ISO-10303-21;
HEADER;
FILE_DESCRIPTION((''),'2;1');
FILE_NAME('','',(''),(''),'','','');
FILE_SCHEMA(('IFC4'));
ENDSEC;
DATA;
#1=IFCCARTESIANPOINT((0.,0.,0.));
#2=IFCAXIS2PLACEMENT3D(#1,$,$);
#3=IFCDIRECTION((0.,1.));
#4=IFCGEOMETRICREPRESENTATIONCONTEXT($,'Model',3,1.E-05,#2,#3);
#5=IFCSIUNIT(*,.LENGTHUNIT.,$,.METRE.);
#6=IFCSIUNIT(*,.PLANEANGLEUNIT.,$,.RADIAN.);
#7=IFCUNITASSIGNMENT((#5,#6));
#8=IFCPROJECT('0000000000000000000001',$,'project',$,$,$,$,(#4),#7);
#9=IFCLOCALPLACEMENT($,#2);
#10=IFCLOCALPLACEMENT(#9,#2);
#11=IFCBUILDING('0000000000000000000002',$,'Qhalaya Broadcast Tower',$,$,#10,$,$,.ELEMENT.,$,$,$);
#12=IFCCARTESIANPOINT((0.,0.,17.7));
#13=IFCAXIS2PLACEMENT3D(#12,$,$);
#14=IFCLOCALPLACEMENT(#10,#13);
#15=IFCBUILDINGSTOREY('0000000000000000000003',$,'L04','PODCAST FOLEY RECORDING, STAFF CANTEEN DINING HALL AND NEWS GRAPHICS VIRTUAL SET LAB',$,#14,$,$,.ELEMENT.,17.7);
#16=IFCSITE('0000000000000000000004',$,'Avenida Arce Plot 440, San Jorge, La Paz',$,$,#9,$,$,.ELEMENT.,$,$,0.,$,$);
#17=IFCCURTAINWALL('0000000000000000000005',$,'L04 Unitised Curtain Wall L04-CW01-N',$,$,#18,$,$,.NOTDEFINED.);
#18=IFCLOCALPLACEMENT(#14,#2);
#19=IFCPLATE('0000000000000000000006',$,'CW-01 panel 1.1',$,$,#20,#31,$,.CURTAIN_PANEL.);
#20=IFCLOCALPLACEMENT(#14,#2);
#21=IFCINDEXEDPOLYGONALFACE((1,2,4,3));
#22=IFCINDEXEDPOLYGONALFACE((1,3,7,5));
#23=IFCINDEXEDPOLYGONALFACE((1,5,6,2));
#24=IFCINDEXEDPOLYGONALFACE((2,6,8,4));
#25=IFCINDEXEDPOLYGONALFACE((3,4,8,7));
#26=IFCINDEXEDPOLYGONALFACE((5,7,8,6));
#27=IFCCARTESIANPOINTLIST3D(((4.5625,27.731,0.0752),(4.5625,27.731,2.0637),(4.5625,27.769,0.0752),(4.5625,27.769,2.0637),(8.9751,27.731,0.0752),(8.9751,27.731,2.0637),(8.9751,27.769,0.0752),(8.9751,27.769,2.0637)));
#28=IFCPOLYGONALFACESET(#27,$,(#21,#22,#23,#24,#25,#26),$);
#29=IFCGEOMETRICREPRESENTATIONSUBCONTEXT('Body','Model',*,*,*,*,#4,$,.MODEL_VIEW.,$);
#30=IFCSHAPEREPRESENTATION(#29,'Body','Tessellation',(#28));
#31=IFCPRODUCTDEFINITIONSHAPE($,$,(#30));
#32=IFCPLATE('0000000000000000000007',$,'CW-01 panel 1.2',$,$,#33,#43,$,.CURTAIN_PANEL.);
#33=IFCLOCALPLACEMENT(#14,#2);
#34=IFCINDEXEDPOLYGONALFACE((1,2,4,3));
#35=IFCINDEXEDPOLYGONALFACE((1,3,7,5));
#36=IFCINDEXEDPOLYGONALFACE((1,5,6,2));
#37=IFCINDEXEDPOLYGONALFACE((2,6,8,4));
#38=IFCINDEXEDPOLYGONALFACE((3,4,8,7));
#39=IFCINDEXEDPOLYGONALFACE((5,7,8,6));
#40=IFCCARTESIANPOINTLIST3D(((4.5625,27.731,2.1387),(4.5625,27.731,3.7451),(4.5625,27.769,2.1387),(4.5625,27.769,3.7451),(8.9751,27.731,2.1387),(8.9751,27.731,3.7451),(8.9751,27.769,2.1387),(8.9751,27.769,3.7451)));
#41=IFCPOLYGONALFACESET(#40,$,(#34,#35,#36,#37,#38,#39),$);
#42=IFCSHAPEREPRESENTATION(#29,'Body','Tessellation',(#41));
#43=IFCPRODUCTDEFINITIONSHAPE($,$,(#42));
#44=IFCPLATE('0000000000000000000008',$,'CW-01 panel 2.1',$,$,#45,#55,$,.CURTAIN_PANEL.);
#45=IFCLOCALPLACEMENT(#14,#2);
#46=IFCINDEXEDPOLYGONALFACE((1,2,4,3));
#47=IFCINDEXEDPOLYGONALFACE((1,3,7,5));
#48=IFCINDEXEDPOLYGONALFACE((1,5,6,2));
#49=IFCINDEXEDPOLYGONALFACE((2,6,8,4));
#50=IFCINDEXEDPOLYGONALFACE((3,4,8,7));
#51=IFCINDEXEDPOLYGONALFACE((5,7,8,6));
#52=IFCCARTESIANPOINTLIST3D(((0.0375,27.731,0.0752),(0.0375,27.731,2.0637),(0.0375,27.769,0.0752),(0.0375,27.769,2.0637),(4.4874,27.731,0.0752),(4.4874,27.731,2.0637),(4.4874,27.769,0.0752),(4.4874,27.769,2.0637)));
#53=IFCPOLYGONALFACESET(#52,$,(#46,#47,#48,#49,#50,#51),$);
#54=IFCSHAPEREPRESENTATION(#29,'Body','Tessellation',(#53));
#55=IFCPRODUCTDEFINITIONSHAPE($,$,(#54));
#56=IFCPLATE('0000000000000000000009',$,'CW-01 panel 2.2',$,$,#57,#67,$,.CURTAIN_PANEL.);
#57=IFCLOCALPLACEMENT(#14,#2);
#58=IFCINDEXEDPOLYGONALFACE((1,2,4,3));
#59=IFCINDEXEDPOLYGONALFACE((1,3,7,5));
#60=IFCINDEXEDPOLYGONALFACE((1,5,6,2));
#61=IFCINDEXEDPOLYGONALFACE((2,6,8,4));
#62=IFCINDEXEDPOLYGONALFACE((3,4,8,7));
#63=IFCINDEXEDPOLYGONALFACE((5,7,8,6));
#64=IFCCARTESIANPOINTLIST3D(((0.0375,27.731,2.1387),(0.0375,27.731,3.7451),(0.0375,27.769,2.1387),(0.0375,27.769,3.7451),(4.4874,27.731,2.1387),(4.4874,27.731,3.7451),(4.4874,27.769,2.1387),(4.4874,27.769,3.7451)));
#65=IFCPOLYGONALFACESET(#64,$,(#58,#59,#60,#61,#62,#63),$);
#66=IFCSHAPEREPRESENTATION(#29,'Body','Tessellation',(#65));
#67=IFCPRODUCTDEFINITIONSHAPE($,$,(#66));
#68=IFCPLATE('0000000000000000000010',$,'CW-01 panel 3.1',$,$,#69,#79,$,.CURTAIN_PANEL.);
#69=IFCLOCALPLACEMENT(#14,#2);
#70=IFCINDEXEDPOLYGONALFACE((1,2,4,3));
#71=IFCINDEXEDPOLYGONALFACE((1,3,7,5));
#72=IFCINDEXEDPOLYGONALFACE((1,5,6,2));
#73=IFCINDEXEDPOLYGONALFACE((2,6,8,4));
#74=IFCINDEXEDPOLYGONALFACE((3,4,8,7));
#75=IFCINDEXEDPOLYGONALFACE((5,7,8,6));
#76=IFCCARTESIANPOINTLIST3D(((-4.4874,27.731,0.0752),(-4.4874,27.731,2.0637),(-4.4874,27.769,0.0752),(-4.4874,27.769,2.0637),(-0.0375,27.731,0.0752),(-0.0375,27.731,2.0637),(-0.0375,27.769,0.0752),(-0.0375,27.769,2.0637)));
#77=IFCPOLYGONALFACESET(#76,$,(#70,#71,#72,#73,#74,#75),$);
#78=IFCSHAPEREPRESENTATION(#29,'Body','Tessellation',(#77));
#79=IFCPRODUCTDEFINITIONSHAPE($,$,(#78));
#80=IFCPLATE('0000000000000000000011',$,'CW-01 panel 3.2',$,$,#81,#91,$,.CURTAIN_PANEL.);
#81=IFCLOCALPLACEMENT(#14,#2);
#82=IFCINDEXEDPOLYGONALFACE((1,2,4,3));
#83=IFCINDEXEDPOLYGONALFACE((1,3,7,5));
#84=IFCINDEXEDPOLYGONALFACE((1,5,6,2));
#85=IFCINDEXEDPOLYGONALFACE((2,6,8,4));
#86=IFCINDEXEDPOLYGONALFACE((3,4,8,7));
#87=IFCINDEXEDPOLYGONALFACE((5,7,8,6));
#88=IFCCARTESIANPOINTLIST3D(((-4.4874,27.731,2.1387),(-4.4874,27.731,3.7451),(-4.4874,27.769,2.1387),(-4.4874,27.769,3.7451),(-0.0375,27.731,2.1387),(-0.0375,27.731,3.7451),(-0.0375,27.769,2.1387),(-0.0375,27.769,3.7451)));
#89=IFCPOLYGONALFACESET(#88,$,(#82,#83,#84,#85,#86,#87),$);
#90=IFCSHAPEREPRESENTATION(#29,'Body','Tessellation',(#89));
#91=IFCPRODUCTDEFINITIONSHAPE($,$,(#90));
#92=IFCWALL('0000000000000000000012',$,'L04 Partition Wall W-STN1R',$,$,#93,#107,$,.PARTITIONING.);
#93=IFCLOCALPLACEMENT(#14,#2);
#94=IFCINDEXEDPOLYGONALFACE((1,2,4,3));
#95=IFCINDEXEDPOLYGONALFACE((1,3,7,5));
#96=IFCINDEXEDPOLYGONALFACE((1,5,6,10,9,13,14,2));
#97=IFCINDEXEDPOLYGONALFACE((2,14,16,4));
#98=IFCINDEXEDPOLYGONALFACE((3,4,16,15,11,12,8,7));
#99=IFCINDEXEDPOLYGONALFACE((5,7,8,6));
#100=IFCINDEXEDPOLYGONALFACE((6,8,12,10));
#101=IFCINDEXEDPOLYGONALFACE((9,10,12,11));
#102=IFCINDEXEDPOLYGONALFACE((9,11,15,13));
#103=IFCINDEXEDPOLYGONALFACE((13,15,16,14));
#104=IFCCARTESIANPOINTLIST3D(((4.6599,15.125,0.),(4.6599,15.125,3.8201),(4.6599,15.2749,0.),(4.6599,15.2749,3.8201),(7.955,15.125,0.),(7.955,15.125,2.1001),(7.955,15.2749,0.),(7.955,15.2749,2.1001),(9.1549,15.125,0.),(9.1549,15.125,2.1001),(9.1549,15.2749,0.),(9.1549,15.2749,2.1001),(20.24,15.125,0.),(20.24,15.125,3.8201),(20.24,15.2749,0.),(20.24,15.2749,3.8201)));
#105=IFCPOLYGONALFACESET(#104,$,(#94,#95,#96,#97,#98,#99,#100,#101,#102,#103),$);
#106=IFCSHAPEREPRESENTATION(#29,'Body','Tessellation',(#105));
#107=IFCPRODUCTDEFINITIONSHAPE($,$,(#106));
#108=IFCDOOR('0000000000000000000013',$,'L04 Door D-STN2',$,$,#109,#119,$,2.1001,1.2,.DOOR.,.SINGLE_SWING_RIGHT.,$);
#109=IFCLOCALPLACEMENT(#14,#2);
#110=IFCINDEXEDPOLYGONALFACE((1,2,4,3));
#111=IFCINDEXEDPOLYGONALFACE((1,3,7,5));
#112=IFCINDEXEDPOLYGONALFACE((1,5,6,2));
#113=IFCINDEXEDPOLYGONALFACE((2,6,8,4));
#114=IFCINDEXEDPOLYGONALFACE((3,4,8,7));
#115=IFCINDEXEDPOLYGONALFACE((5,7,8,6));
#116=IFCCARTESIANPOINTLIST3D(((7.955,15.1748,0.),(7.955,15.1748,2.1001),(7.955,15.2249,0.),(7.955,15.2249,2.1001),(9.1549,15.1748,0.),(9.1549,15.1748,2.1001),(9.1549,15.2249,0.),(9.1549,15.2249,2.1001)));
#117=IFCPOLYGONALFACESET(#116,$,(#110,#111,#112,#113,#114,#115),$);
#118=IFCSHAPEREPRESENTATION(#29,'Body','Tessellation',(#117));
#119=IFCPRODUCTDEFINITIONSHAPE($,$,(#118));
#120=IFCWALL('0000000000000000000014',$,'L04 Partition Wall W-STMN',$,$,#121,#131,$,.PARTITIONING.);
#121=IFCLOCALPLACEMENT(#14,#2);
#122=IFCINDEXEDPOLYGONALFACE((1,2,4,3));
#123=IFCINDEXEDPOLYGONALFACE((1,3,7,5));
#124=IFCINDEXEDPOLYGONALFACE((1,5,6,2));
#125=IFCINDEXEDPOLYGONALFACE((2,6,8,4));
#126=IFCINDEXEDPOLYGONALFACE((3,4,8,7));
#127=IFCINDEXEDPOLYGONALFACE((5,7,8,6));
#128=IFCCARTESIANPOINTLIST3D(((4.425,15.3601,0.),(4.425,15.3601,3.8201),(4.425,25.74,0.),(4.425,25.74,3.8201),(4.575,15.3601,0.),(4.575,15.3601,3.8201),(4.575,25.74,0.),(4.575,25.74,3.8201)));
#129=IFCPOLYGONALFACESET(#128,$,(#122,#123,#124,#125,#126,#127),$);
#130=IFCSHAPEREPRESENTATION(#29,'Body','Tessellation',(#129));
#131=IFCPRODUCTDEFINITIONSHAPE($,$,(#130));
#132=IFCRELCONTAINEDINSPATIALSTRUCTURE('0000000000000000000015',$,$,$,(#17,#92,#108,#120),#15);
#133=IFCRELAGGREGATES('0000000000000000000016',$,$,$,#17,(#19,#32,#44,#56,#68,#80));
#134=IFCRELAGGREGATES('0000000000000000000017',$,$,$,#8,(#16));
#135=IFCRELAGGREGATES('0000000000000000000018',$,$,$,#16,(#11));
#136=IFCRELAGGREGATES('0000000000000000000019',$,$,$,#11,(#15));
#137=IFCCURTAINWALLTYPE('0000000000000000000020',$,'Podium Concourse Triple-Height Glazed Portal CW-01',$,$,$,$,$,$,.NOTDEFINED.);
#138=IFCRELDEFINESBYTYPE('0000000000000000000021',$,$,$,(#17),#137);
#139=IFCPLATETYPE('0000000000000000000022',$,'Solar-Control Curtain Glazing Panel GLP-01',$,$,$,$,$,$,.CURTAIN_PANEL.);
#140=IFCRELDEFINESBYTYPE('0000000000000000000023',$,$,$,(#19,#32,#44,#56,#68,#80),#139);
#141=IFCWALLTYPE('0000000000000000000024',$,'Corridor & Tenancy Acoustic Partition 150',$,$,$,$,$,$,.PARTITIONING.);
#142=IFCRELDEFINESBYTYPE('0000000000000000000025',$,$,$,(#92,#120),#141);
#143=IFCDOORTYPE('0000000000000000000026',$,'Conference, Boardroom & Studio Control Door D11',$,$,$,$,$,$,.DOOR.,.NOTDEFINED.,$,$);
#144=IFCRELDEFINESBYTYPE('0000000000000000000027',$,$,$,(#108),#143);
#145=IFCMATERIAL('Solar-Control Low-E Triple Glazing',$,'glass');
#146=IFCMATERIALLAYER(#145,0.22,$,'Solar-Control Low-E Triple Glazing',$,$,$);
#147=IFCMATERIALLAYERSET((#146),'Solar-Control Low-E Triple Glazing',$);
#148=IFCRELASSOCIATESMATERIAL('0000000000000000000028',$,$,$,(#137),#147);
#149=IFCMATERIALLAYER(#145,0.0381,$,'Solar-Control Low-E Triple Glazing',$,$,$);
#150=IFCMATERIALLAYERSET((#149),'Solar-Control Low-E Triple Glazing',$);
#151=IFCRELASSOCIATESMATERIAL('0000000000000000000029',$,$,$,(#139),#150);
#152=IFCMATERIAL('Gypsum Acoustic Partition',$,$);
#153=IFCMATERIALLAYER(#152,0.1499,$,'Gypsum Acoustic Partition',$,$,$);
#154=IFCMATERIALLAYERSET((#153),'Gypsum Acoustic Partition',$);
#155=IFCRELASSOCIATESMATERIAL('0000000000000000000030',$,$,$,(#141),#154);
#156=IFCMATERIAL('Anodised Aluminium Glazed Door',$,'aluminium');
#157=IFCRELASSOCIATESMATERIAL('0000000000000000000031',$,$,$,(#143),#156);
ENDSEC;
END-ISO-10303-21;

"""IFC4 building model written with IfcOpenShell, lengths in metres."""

from ifc_helpers import new_model, si_unit, direction, frame, frame_2d, origin, origin_2d, place, context, subcontext, project, spatial, rectangle, extrude, material, layer, layer_set, type_object, element, fill, aggregate, save


model = new_model("IFC4")

# Units and contexts
model_context = context("Model", 3, precision=1e-05, world=origin(), true_north=direction((0.0, 1.0)))
body_context = subcontext(model_context, "Body", "Model", "MODEL_VIEW")
ifc_project = project(units=[si_unit("LENGTHUNIT", "METRE"), si_unit("PLANEANGLEUNIT", "RADIAN")], contexts=[model_context])

# Site, building, storey
site_placement = place(None, origin())
site = spatial("IfcSite", under=ifc_project, at=site_placement, Name="Avenida Arce Plot 440, San Jorge, La Paz", CompositionType="ELEMENT", RefElevation=0.0)
building_placement = place(site_placement, origin())
building = spatial("IfcBuilding", under=site, at=building_placement, Name="Qhalaya Broadcast Tower", CompositionType="ELEMENT")
storey_placement = place(building_placement, frame((0.0, 0.0, 17.7)))
storey = spatial("IfcBuildingStorey", under=building, at=storey_placement, Name="L04", Description="PODCAST FOLEY RECORDING, STAFF CANTEEN DINING HALL AND NEWS GRAPHICS VIRTUAL SET LAB", CompositionType="ELEMENT", Elevation=17.7)

# Curtain wall, plates
ifc_material_1 = material(Name="Solar-Control Low-E Triple Glazing", Category="glass")
ifc_layer_1 = layer(ifc_material_1, 0.22, Name="Solar-Control Low-E Triple Glazing")
ifc_layer_set_1 = layer_set([ifc_layer_1], Name="Solar-Control Low-E Triple Glazing")
curtain_wall_type = type_object("IfcCurtainWallType", Name="Podium Concourse Triple-Height Glazed Portal CW-01", PredefinedType="NOTDEFINED", material=ifc_layer_set_1)
curtain_wall_placement = place(storey_placement, origin())
curtain_wall = element("IfcCurtainWall", 1, at=curtain_wall_placement, inside=storey, type_object=curtain_wall_type, Name="L04 Unitised Curtain Wall L04-CW01-N", PredefinedType="NOTDEFINED")
ifc_layer_2 = layer(ifc_material_1, 0.0381, Name="Solar-Control Low-E Triple Glazing")
ifc_layer_set_2 = layer_set([ifc_layer_2], Name="Solar-Control Low-E Triple Glazing")
plate_type = type_object("IfcPlateType", Name="Solar-Control Curtain Glazing Panel GLP-01", PredefinedType="CURTAIN_PANEL", material=ifc_layer_set_2)
plate_1_placement = place(storey_placement, frame((6.7688, 27.75, 0.0752), z_axis=(0.0, 0.0, 1.0), x_axis=(-1.0, 0.0, 0.0)))
plate_1 = element("IfcPlate", 2, at=plate_1_placement, type_object=plate_type, Name="CW-01 panel 1.1", PredefinedType="CURTAIN_PANEL", context=body_context, shape_type="SweptSolid", body=[
    extrude(rectangle(XDim=4.4126, YDim=0.0381, at=origin_2d()), origin(), (0.0, 0.0, 1.0), 1.9885),
])
plate_2_placement = place(storey_placement, frame((6.7688, 27.75, 2.1387), z_axis=(0.0, 0.0, 1.0), x_axis=(-1.0, 0.0, 0.0)))
plate_2 = element("IfcPlate", 3, at=plate_2_placement, type_object=plate_type, Name="CW-01 panel 1.2", PredefinedType="CURTAIN_PANEL", context=body_context, shape_type="SweptSolid", body=[
    extrude(rectangle(XDim=4.4126, YDim=0.0381, at=origin_2d()), origin(), (0.0, 0.0, 1.0), 1.6064),
])
plate_3_placement = place(storey_placement, frame((2.2625, 27.75, 0.0752), z_axis=(0.0, 0.0, 1.0), x_axis=(-1.0, 0.0, 0.0)))
plate_3 = element("IfcPlate", 4, at=plate_3_placement, type_object=plate_type, Name="CW-01 panel 2.1", PredefinedType="CURTAIN_PANEL", context=body_context, shape_type="SweptSolid", body=[
    extrude(rectangle(XDim=4.45, YDim=0.0381, at=origin_2d()), origin(), (0.0, 0.0, 1.0), 1.9885),
])
plate_4_placement = place(storey_placement, frame((2.2625, 27.75, 2.1387), z_axis=(0.0, 0.0, 1.0), x_axis=(-1.0, 0.0, 0.0)))
plate_4 = element("IfcPlate", 5, at=plate_4_placement, type_object=plate_type, Name="CW-01 panel 2.2", PredefinedType="CURTAIN_PANEL", context=body_context, shape_type="SweptSolid", body=[
    extrude(rectangle(XDim=4.45, YDim=0.0381, at=origin_2d()), origin(), (0.0, 0.0, 1.0), 1.6064),
])
plate_5_placement = place(storey_placement, frame((-2.2625, 27.75, 0.0752), z_axis=(0.0, 0.0, 1.0), x_axis=(-1.0, 0.0, 0.0)))
plate_5 = element("IfcPlate", 6, at=plate_5_placement, type_object=plate_type, Name="CW-01 panel 3.1", PredefinedType="CURTAIN_PANEL", context=body_context, shape_type="SweptSolid", body=[
    extrude(rectangle(XDim=4.45, YDim=0.0381, at=origin_2d()), origin(), (0.0, 0.0, 1.0), 1.9885),
])
plate_6_placement = place(storey_placement, frame((-2.2625, 27.75, 2.1387), z_axis=(0.0, 0.0, 1.0), x_axis=(-1.0, 0.0, 0.0)))
plate_6 = element("IfcPlate", 7, at=plate_6_placement, type_object=plate_type, Name="CW-01 panel 3.2", PredefinedType="CURTAIN_PANEL", context=body_context, shape_type="SweptSolid", body=[
    extrude(rectangle(XDim=4.45, YDim=0.0381, at=origin_2d()), origin(), (0.0, 0.0, 1.0), 1.6064),
])
aggregate(curtain_wall, [plate_1, plate_2, plate_3, plate_4, plate_5, plate_6])

# Wall, opening, door
ifc_material_2 = material(Name="Gypsum Acoustic Partition")
ifc_layer_3 = layer(ifc_material_2, 0.1499, Name="Gypsum Acoustic Partition")
ifc_layer_set_3 = layer_set([ifc_layer_3], Name="Gypsum Acoustic Partition")
wall_type = type_object("IfcWallType", Name="Corridor & Tenancy Acoustic Partition 150", PredefinedType="PARTITIONING", material=ifc_layer_set_3)
wall_1_placement = place(storey_placement, frame((4.6599, 15.2, 0.0), z_axis=(0.0, 0.0, 1.0), x_axis=(1.0, 0.0, 0.0)))
wall_1 = element("IfcWall", 8, at=wall_1_placement, inside=storey, type_object=wall_type, Name="L04 Partition Wall W-STN1R", PredefinedType="PARTITIONING", context=body_context, shape_type="SweptSolid", body=[
    extrude(rectangle(XDim=15.5801, YDim=0.1499, at=frame_2d((7.79, 0.0))), origin(), (0.0, 0.0, 1.0), 3.8201),
])
opening_placement = place(wall_1_placement, frame((3.2949, 0.0, 0.0)))
opening = element("IfcOpeningElement", 9, at=opening_placement, cuts=wall_1, PredefinedType="OPENING", context=body_context, shape_type="SweptSolid", body=[
    extrude(rectangle(XDim=1.2, YDim=2.1001, at=frame_2d((0.6001, 1.05))), frame((0.0, 0.0869, 0.0), z_axis=(0.0, -1.0, 0.0), x_axis=(1.0, 0.0, 0.0)), (0.0, 0.0, 1.0), 0.1738),
])
ifc_material_3 = material(Name="Anodised Aluminium Glazed Door", Category="aluminium")
door_type = type_object("IfcDoorType", Name="Conference, Boardroom & Studio Control Door D11", OperationType="NOTDEFINED", PredefinedType="DOOR", material=ifc_material_3)
door_placement = place(opening_placement, origin())
door = element("IfcDoor", 10, at=door_placement, inside=storey, type_object=door_type, Name="L04 Door D-STN2", OperationType="SINGLE_SWING_RIGHT", OverallHeight=2.1001, OverallWidth=1.2, PredefinedType="DOOR", context=body_context, shape_type="SweptSolid", body=[
    extrude(rectangle(XDim=1.2, YDim=2.1001, at=frame_2d((0.6001, 1.05))), frame((0.0, 0.0249, 0.0), z_axis=(0.0, -1.0, 0.0), x_axis=(1.0, 0.0, 0.0)), (0.0, 0.0, 1.0), 0.05),
])
fill(opening, door)

# Wall
wall_2_placement = place(storey_placement, frame((4.5, 15.3601, 0.0), z_axis=(0.0, 0.0, 1.0), x_axis=(0.0, 1.0, 0.0)))
element("IfcWall", 11, at=wall_2_placement, inside=storey, type_object=wall_type, Name="L04 Partition Wall W-STMN", PredefinedType="PARTITIONING", context=body_context, shape_type="SweptSolid", body=[
    extrude(rectangle(XDim=10.3799, YDim=0.1499, at=frame_2d((5.1899, 0.0))), origin(), (0.0, 0.0, 1.0), 3.8201),
])

save(model, "model.ifc")
